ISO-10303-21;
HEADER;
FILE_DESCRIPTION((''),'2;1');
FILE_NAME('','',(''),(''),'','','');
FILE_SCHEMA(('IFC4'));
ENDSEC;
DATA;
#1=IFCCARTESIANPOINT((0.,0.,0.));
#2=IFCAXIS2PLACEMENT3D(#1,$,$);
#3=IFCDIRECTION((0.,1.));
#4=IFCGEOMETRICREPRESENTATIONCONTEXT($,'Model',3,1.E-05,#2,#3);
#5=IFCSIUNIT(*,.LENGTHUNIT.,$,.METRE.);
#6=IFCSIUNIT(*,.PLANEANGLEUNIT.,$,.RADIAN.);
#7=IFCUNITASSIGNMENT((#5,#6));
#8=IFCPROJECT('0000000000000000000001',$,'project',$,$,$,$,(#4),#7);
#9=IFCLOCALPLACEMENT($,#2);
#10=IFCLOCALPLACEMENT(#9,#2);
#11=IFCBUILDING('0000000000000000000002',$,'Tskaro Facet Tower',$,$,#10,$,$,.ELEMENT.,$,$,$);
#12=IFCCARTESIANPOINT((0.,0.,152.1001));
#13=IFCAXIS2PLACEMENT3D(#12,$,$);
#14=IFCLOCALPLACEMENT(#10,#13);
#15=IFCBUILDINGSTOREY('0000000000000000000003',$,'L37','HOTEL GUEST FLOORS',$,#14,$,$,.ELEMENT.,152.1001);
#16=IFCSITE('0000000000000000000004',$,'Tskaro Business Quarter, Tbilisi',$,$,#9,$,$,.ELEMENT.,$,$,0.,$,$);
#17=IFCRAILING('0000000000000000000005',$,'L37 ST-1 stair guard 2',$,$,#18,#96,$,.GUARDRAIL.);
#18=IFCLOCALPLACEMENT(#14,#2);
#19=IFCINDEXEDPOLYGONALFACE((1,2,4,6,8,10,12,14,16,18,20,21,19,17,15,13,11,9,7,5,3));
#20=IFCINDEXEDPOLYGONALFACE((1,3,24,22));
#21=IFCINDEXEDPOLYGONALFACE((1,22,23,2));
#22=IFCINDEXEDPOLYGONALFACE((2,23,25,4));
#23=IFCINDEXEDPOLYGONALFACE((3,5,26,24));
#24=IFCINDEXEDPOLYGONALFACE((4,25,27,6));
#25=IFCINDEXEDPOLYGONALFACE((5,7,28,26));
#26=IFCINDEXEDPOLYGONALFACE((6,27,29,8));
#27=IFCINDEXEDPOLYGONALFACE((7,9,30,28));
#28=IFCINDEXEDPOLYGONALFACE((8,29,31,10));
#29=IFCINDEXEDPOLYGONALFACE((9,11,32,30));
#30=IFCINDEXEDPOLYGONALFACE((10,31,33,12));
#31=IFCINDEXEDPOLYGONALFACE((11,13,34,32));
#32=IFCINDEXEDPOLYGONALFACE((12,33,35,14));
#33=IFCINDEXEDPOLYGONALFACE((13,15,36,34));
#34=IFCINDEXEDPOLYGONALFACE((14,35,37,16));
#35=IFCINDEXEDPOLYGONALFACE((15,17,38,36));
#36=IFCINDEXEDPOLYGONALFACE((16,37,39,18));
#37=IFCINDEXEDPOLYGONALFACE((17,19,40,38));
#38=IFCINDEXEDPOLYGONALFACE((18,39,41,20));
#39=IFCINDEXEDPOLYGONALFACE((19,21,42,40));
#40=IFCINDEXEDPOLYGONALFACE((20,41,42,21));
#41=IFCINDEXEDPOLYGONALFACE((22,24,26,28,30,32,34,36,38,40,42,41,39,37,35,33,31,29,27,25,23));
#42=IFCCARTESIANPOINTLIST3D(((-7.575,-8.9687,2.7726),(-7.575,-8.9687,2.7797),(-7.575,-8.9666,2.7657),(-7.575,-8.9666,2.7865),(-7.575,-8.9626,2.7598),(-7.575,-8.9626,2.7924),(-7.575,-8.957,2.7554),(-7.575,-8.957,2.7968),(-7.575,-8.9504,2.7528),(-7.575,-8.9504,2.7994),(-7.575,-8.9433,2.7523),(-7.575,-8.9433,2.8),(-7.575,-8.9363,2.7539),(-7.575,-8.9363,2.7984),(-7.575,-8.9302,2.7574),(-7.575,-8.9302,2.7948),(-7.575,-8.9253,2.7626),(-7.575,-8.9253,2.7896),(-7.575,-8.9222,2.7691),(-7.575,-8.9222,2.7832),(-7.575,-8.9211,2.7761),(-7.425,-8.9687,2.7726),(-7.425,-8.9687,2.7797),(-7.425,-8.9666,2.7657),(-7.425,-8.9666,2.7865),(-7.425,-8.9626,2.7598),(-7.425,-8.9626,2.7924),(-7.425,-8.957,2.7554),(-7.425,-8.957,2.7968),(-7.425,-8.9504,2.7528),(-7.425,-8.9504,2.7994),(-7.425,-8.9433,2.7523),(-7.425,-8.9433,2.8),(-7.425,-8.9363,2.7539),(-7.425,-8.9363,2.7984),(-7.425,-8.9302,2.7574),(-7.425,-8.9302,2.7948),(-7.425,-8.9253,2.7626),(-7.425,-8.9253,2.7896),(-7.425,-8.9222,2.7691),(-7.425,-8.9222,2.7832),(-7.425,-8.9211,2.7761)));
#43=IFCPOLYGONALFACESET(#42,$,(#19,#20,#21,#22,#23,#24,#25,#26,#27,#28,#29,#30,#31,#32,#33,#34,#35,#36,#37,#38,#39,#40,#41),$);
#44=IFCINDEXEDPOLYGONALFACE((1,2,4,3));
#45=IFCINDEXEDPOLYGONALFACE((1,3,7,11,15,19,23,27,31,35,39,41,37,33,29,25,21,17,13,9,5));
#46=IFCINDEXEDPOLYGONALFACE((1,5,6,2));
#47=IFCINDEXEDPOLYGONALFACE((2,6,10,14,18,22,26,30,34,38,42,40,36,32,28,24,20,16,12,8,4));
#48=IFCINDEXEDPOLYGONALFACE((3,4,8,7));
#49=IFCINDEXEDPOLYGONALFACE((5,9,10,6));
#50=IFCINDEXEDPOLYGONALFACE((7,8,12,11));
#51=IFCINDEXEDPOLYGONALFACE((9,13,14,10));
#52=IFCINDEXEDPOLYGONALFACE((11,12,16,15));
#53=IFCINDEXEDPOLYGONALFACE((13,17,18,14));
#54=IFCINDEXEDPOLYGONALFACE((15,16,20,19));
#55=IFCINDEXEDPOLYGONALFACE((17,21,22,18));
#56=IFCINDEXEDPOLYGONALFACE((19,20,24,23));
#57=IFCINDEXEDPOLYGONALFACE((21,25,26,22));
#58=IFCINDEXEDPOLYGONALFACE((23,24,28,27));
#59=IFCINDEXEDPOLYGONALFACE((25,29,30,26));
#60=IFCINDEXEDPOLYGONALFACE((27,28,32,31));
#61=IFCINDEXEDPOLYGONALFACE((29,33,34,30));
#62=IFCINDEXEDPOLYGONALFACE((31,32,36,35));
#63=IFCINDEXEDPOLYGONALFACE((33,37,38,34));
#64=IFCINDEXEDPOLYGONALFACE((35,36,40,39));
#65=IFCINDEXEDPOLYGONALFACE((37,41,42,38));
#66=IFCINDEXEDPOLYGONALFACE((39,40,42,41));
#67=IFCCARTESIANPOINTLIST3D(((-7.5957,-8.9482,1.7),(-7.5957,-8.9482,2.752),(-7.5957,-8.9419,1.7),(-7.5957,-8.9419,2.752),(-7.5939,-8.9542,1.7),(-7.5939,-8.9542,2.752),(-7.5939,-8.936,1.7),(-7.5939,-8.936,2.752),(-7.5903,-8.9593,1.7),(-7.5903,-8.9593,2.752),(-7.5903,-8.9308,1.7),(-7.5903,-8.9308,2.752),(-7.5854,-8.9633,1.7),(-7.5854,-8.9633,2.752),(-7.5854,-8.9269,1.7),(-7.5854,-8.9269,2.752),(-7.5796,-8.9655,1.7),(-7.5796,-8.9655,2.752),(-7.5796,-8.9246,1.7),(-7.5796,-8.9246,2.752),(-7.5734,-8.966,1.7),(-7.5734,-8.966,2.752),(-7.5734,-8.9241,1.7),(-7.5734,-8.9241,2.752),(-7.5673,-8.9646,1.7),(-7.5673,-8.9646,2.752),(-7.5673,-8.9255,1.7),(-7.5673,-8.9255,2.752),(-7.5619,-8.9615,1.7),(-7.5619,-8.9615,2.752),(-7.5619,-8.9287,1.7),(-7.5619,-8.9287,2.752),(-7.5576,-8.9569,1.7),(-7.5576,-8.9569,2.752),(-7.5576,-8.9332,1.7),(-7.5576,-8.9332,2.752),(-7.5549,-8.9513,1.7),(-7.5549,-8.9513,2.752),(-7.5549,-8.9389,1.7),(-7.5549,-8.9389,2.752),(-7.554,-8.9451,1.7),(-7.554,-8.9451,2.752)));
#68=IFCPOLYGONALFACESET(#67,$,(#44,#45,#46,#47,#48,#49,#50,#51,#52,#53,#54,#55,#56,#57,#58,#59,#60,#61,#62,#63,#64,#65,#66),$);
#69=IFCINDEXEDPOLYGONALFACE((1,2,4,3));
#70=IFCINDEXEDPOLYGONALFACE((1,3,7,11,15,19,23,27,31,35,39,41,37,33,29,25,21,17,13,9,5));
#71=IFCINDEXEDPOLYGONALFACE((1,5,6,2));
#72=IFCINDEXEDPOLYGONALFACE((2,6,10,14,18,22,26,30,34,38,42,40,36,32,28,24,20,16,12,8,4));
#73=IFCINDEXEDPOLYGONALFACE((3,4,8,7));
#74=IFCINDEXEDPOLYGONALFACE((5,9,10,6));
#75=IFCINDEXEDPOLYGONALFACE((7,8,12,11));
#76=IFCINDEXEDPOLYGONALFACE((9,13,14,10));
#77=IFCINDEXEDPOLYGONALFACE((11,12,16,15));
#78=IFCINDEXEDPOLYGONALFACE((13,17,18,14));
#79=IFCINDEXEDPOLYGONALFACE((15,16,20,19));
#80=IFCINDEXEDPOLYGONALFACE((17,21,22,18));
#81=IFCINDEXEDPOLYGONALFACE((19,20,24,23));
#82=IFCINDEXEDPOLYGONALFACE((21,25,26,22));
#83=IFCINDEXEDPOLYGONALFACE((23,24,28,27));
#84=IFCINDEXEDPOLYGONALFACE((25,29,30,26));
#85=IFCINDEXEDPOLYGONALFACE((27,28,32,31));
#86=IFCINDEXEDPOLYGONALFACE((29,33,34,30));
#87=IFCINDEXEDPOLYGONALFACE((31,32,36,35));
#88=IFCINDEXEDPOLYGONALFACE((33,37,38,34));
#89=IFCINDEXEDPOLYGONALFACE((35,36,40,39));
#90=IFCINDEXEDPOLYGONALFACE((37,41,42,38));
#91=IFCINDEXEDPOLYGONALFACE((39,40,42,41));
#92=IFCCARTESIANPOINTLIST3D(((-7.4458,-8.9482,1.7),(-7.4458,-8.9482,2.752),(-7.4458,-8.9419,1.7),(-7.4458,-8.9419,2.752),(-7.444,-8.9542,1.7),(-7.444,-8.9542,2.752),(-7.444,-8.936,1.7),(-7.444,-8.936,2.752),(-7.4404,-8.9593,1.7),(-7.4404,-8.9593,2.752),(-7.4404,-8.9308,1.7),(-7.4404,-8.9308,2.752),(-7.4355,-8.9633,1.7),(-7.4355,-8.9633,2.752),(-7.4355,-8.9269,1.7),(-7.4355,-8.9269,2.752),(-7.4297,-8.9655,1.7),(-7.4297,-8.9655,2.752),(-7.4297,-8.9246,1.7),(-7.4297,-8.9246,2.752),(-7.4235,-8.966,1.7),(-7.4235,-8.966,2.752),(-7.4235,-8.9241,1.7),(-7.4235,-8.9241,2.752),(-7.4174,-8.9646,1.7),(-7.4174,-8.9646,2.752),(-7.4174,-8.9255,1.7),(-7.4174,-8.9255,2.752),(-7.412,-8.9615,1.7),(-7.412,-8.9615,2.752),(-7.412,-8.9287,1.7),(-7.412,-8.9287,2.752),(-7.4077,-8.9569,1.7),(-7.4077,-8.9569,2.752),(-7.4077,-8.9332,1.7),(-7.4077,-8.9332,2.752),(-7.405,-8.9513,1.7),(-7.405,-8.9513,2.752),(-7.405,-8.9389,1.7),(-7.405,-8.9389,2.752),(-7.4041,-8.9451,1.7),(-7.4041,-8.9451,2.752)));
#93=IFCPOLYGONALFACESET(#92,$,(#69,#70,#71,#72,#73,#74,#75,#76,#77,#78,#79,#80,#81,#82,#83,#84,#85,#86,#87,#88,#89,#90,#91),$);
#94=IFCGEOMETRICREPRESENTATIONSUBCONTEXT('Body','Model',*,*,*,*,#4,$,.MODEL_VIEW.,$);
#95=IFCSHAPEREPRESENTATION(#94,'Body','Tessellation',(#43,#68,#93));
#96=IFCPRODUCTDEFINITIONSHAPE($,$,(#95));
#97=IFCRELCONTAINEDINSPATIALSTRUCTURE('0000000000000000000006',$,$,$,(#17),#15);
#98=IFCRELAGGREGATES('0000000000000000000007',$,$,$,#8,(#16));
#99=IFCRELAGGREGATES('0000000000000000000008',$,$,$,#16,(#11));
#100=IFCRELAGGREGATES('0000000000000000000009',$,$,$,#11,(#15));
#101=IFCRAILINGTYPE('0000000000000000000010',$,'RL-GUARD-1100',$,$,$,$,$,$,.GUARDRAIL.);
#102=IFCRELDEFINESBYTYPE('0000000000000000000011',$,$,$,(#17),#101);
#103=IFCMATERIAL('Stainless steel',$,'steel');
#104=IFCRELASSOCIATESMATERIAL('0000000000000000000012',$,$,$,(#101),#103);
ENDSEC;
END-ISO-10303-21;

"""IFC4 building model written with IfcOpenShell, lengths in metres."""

from ifc_helpers import new_model, si_unit, direction, frame, origin, origin_2d, place, context, subcontext, project, spatial, circle, extrude, material, type_object, element, save


model = new_model("IFC4")

# Units and contexts
model_context = context("Model", 3, precision=1e-05, world=origin(), true_north=direction((0.0, 1.0)))
body_context = subcontext(model_context, "Body", "Model", "MODEL_VIEW")
ifc_project = project(units=[si_unit("LENGTHUNIT", "METRE"), si_unit("PLANEANGLEUNIT", "RADIAN")], contexts=[model_context])

# Site, building, storey
site_placement = place(None, origin())
site = spatial("IfcSite", under=ifc_project, at=site_placement, Name="Tskaro Business Quarter, Tbilisi", CompositionType="ELEMENT", RefElevation=0.0)
building_placement = place(site_placement, origin())
building = spatial("IfcBuilding", under=site, at=building_placement, Name="Tskaro Facet Tower", CompositionType="ELEMENT")
storey_placement = place(building_placement, frame((0.0, 0.0, 152.1001)))
storey = spatial("IfcBuildingStorey", under=building, at=storey_placement, Name="L37", Description="HOTEL GUEST FLOORS", CompositionType="ELEMENT", Elevation=152.1001)

# Shared definitions
ifc_material_1 = material(Name="Stainless steel", Category="steel")

# Railing
railing_type_1 = type_object("IfcRailingType", Name="RL-GUARD-1100", PredefinedType="GUARDRAIL", material=ifc_material_1)
railing_1_placement = place(storey_placement, frame((-7.575, -8.9451, 1.7)))
element("IfcRailing", 1, at=railing_1_placement, inside=storey, type_object=railing_type_1, Name="L37 ST-1 stair guard 2", PredefinedType="GUARDRAIL", context=body_context, shape_type="SweptSolid", body=[
    extrude(circle(Radius=0.0239, at=origin_2d()), frame((0.0, 0.0, 1.0762), z_axis=(1.0, 0.0, 0.0), x_axis=(0.0, 1.0, 0.0)), (0.0, 0.0, 1.0), 0.1499),
    extrude(circle(Radius=0.021, at=origin_2d()), origin(), (0.0, 0.0, 1.0), 1.052),
    extrude(circle(Radius=0.021, at=origin_2d()), frame((0.1499, 0.0, 0.0)), (0.0, 0.0, 1.0), 1.052),
])

save(model, "model.ifc")
